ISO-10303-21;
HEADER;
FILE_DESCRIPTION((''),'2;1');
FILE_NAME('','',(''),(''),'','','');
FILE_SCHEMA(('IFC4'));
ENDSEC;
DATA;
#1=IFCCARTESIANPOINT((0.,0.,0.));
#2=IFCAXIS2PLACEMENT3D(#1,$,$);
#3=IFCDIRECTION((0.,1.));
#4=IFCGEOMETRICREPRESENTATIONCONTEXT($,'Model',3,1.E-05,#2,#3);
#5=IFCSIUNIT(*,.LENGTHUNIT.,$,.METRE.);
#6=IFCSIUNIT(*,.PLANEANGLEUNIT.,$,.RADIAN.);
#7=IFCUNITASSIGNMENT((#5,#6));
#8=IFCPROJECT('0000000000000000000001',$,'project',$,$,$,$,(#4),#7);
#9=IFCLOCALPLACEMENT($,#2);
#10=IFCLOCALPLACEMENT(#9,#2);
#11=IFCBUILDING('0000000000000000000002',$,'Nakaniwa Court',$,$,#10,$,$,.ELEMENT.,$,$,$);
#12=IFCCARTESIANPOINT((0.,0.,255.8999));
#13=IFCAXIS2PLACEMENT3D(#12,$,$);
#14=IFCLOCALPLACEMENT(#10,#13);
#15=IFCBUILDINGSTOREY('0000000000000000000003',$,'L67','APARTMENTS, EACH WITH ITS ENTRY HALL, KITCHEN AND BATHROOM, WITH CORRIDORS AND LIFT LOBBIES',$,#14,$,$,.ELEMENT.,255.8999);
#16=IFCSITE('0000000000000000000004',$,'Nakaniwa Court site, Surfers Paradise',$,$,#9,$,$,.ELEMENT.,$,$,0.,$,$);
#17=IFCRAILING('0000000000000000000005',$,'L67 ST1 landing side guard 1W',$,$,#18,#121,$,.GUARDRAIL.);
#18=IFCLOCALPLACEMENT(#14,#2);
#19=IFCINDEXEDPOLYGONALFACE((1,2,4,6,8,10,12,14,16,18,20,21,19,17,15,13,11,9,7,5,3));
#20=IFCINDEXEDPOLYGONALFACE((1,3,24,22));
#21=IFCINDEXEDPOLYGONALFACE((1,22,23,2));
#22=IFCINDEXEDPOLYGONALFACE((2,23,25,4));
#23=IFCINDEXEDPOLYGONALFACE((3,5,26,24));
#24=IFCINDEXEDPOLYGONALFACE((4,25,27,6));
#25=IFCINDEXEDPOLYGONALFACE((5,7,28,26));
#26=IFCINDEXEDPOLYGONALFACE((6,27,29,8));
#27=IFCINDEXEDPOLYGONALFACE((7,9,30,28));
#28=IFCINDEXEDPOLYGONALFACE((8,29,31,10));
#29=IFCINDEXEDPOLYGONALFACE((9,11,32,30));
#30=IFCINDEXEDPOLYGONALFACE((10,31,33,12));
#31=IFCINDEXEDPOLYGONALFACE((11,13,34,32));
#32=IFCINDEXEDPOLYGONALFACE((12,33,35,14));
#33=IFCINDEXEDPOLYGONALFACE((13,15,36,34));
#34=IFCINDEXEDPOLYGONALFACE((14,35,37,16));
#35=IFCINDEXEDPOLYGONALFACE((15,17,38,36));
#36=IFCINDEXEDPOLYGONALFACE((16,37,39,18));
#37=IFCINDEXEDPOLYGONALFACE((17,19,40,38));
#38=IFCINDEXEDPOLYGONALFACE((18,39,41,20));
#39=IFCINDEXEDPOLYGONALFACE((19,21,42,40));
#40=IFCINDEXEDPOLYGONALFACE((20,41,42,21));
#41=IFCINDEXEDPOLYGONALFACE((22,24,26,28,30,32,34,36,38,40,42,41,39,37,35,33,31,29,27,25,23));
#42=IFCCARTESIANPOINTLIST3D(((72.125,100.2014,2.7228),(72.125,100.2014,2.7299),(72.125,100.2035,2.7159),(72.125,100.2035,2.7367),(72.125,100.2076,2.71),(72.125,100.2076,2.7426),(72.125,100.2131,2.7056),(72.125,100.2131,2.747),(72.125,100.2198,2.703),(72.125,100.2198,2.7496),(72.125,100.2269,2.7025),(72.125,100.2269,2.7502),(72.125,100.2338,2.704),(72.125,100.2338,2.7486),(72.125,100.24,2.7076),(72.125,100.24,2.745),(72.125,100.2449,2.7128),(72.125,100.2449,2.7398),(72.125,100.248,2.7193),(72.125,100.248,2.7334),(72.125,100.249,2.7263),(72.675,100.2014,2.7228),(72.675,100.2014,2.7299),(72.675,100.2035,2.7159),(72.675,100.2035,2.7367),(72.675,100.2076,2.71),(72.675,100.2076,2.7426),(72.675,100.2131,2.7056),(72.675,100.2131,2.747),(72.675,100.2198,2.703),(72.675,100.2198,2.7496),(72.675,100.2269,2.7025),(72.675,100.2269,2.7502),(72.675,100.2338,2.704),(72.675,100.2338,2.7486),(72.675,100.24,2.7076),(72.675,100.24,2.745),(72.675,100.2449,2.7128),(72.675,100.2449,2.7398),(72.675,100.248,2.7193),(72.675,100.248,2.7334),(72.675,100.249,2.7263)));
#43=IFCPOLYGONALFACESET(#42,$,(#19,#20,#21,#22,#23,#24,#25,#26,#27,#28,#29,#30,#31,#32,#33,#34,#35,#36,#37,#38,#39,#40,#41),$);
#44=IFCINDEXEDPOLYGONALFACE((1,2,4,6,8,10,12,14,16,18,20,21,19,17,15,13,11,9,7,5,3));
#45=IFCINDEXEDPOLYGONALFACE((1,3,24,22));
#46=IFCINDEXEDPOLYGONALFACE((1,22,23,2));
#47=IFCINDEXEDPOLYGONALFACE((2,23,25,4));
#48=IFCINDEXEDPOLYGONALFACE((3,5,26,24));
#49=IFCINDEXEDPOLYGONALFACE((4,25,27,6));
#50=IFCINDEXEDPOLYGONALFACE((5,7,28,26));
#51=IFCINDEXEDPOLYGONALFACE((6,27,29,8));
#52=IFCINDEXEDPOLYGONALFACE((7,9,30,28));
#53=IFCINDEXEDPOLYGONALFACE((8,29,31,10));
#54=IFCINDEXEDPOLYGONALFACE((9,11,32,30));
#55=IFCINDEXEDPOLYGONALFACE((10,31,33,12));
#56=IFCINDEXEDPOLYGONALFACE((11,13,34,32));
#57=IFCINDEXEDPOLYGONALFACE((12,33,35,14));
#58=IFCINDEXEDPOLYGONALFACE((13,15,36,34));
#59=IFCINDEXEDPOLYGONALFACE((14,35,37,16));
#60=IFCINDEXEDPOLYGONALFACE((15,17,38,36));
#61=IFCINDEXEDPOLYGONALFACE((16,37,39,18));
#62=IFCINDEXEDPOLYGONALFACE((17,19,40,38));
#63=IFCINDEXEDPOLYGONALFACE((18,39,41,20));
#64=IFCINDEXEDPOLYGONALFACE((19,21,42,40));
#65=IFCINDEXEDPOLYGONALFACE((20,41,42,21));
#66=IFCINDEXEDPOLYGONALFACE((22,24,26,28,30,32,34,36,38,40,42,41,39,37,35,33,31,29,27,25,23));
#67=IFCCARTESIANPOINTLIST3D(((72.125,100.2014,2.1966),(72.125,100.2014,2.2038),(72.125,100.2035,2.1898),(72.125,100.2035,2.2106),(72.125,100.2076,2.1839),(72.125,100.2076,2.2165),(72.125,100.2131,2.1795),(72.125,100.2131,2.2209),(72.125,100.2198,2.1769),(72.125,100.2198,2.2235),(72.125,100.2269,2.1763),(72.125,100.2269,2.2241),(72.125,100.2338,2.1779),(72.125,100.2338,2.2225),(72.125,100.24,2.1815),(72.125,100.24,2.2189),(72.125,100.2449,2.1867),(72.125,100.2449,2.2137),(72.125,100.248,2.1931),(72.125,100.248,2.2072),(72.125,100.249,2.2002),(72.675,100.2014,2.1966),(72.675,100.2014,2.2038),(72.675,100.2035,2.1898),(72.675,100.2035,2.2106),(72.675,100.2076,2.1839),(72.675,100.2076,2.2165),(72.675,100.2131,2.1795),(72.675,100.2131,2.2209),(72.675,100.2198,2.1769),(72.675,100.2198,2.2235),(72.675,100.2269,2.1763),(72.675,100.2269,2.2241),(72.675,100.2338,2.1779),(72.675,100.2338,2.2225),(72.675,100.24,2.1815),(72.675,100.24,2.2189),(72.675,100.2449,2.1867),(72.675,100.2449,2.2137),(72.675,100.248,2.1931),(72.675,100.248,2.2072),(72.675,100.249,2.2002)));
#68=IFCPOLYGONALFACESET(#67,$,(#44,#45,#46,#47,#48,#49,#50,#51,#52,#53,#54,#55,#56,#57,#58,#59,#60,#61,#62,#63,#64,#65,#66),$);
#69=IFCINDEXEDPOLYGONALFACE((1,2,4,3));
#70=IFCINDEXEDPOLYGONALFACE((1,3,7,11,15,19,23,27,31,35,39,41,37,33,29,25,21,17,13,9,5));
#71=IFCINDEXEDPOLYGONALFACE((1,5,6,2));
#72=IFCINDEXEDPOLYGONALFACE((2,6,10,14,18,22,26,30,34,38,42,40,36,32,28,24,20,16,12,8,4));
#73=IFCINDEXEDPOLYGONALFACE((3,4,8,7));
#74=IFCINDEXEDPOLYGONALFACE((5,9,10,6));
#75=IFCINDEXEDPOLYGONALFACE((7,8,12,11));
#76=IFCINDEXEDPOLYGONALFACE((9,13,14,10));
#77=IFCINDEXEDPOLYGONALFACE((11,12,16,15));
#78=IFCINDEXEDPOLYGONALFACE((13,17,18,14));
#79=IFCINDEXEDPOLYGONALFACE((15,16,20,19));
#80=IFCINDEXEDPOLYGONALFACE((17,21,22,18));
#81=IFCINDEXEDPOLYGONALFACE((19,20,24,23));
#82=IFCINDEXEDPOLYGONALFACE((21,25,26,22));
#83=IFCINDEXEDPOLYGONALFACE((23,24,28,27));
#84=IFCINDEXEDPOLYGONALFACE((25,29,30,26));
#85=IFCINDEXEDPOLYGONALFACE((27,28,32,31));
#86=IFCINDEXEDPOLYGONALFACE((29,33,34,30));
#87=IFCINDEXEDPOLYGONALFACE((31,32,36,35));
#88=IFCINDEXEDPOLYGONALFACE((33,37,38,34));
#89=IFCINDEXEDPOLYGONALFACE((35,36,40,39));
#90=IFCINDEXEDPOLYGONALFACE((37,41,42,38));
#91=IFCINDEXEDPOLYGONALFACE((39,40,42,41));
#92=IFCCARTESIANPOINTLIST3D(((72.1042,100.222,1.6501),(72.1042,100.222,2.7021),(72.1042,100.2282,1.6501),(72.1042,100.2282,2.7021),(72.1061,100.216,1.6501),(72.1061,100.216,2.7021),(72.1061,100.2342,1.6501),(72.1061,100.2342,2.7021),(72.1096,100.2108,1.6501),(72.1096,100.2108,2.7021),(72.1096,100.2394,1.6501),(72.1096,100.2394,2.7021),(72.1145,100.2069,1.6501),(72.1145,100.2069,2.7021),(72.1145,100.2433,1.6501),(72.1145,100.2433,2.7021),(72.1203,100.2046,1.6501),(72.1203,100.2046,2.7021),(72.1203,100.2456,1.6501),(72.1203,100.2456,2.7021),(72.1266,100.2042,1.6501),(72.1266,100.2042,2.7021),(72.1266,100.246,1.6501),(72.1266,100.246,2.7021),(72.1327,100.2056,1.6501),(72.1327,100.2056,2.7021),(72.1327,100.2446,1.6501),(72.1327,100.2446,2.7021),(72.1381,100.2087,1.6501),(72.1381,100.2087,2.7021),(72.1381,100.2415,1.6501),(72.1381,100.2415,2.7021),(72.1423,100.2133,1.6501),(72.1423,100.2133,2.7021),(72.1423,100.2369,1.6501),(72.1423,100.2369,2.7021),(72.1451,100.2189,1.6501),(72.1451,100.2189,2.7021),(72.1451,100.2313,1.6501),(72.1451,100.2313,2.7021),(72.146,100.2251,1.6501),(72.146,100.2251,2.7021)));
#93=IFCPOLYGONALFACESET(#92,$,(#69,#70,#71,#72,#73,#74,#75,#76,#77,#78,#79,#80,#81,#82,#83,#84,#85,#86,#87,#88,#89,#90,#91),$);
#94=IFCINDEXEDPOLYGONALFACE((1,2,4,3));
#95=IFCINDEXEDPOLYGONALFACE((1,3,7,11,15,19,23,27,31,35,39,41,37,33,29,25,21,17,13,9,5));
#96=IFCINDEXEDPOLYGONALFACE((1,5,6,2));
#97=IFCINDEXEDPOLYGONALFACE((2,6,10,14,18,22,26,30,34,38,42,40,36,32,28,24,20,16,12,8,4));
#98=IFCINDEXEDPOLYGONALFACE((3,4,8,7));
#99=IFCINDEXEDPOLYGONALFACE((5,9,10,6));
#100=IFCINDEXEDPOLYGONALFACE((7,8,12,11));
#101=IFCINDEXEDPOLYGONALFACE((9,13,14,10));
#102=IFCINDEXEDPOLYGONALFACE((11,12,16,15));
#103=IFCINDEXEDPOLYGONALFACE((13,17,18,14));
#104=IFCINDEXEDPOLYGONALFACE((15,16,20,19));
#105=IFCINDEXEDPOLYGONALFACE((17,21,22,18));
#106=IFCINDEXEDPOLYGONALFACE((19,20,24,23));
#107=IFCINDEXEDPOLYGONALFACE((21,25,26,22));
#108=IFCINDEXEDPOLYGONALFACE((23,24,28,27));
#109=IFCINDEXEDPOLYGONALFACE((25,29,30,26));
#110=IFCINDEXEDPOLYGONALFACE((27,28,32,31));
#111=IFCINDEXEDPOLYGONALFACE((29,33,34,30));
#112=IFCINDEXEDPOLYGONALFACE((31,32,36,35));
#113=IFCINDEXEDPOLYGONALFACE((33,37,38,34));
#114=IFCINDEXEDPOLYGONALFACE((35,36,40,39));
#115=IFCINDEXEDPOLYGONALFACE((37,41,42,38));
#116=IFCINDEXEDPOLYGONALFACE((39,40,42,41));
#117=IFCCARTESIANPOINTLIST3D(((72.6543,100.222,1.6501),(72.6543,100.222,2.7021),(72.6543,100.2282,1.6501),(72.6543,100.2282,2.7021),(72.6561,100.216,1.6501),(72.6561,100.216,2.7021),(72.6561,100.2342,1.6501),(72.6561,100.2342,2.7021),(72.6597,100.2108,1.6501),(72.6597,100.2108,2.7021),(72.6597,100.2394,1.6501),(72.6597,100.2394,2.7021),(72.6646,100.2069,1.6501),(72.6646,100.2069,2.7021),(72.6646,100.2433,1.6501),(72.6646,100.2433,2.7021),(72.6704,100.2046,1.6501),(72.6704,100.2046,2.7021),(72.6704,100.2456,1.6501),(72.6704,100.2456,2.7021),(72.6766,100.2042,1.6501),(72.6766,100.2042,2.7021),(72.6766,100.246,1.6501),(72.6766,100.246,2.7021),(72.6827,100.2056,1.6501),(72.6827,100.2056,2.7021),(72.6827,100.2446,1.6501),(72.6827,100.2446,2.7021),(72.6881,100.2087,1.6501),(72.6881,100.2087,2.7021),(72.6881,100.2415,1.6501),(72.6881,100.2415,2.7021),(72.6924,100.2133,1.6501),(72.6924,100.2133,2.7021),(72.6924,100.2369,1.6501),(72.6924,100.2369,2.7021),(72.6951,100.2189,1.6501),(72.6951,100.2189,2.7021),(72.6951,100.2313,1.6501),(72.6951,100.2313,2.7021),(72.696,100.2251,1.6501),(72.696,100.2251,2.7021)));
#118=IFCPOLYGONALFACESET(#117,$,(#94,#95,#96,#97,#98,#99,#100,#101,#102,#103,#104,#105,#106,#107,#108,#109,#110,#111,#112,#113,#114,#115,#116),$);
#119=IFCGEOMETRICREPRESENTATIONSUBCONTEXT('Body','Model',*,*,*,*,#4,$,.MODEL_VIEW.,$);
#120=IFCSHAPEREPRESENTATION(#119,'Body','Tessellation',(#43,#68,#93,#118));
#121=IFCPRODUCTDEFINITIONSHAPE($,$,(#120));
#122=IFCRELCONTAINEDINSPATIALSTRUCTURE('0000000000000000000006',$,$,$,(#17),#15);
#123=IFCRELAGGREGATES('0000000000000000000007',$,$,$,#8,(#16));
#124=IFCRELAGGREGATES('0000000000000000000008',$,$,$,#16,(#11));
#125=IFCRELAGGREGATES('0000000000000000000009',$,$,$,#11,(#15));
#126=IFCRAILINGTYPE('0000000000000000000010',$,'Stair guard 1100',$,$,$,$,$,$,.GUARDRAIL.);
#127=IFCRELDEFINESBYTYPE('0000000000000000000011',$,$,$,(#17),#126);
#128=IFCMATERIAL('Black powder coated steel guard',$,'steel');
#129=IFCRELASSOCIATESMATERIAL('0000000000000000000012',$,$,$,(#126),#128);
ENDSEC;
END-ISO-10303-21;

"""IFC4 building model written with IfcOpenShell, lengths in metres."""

from ifc_helpers import new_model, si_unit, direction, frame, origin, origin_2d, place, context, subcontext, project, spatial, circle, extrude, material, type_object, element, save


model = new_model("IFC4")

# Units and contexts
model_context = context("Model", 3, precision=1e-05, world=origin(), true_north=direction((0.0, 1.0)))
body_context = subcontext(model_context, "Body", "Model", "MODEL_VIEW")
ifc_project = project(units=[si_unit("LENGTHUNIT", "METRE"), si_unit("PLANEANGLEUNIT", "RADIAN")], contexts=[model_context])

# Site, building, storey
site_placement = place(None, origin())
site = spatial("IfcSite", under=ifc_project, at=site_placement, Name="Nakaniwa Court site, Surfers Paradise", CompositionType="ELEMENT", RefElevation=0.0)
building_placement = place(site_placement, origin())
building = spatial("IfcBuilding", under=site, at=building_placement, Name="Nakaniwa Court", CompositionType="ELEMENT")
storey_placement = place(building_placement, frame((0.0, 0.0, 255.8999)))
storey = spatial("IfcBuildingStorey", under=building, at=storey_placement, Name="L67", Description="APARTMENTS, EACH WITH ITS ENTRY HALL, KITCHEN AND BATHROOM, WITH CORRIDORS AND LIFT LOBBIES", CompositionType="ELEMENT", Elevation=255.8999)

# Railing
ifc_material_1 = material(Name="Black powder coated steel guard", Category="steel")
railing_type_1 = type_object("IfcRailingType", Name="Stair guard 1100", PredefinedType="GUARDRAIL", material=ifc_material_1)
for number, where, name in (
    (1, (72.125, 100.2251, 1.6501), "L67 ST1 landing side guard 1W"),
):
    element("IfcRailing", number, at=place(storey_placement, frame(where)), inside=storey, type_object=railing_type_1, Name=name, PredefinedType="GUARDRAIL", context=body_context, shape_type="SweptSolid", body=[
        extrude(circle(Radius=0.0239, at=origin_2d()), frame((0.0, 0.0, 1.0762), z_axis=(1.0, 0.0, 0.0), x_axis=(0.0, 1.0, 0.0)), (0.0, 0.0, 1.0), 0.55),
        extrude(circle(Radius=0.0239, at=origin_2d()), frame((0.0, 0.0, 0.55), z_axis=(1.0, 0.0, 0.0), x_axis=(0.0, 1.0, 0.0)), (0.0, 0.0, 1.0), 0.55),
        extrude(circle(Radius=0.021, at=origin_2d()), origin(), (0.0, 0.0, 1.0), 1.052),
        extrude(circle(Radius=0.021, at=origin_2d()), frame((0.55, 0.0, 0.0)), (0.0, 0.0, 1.0), 1.052),
    ])

save(model, "model.ifc")
